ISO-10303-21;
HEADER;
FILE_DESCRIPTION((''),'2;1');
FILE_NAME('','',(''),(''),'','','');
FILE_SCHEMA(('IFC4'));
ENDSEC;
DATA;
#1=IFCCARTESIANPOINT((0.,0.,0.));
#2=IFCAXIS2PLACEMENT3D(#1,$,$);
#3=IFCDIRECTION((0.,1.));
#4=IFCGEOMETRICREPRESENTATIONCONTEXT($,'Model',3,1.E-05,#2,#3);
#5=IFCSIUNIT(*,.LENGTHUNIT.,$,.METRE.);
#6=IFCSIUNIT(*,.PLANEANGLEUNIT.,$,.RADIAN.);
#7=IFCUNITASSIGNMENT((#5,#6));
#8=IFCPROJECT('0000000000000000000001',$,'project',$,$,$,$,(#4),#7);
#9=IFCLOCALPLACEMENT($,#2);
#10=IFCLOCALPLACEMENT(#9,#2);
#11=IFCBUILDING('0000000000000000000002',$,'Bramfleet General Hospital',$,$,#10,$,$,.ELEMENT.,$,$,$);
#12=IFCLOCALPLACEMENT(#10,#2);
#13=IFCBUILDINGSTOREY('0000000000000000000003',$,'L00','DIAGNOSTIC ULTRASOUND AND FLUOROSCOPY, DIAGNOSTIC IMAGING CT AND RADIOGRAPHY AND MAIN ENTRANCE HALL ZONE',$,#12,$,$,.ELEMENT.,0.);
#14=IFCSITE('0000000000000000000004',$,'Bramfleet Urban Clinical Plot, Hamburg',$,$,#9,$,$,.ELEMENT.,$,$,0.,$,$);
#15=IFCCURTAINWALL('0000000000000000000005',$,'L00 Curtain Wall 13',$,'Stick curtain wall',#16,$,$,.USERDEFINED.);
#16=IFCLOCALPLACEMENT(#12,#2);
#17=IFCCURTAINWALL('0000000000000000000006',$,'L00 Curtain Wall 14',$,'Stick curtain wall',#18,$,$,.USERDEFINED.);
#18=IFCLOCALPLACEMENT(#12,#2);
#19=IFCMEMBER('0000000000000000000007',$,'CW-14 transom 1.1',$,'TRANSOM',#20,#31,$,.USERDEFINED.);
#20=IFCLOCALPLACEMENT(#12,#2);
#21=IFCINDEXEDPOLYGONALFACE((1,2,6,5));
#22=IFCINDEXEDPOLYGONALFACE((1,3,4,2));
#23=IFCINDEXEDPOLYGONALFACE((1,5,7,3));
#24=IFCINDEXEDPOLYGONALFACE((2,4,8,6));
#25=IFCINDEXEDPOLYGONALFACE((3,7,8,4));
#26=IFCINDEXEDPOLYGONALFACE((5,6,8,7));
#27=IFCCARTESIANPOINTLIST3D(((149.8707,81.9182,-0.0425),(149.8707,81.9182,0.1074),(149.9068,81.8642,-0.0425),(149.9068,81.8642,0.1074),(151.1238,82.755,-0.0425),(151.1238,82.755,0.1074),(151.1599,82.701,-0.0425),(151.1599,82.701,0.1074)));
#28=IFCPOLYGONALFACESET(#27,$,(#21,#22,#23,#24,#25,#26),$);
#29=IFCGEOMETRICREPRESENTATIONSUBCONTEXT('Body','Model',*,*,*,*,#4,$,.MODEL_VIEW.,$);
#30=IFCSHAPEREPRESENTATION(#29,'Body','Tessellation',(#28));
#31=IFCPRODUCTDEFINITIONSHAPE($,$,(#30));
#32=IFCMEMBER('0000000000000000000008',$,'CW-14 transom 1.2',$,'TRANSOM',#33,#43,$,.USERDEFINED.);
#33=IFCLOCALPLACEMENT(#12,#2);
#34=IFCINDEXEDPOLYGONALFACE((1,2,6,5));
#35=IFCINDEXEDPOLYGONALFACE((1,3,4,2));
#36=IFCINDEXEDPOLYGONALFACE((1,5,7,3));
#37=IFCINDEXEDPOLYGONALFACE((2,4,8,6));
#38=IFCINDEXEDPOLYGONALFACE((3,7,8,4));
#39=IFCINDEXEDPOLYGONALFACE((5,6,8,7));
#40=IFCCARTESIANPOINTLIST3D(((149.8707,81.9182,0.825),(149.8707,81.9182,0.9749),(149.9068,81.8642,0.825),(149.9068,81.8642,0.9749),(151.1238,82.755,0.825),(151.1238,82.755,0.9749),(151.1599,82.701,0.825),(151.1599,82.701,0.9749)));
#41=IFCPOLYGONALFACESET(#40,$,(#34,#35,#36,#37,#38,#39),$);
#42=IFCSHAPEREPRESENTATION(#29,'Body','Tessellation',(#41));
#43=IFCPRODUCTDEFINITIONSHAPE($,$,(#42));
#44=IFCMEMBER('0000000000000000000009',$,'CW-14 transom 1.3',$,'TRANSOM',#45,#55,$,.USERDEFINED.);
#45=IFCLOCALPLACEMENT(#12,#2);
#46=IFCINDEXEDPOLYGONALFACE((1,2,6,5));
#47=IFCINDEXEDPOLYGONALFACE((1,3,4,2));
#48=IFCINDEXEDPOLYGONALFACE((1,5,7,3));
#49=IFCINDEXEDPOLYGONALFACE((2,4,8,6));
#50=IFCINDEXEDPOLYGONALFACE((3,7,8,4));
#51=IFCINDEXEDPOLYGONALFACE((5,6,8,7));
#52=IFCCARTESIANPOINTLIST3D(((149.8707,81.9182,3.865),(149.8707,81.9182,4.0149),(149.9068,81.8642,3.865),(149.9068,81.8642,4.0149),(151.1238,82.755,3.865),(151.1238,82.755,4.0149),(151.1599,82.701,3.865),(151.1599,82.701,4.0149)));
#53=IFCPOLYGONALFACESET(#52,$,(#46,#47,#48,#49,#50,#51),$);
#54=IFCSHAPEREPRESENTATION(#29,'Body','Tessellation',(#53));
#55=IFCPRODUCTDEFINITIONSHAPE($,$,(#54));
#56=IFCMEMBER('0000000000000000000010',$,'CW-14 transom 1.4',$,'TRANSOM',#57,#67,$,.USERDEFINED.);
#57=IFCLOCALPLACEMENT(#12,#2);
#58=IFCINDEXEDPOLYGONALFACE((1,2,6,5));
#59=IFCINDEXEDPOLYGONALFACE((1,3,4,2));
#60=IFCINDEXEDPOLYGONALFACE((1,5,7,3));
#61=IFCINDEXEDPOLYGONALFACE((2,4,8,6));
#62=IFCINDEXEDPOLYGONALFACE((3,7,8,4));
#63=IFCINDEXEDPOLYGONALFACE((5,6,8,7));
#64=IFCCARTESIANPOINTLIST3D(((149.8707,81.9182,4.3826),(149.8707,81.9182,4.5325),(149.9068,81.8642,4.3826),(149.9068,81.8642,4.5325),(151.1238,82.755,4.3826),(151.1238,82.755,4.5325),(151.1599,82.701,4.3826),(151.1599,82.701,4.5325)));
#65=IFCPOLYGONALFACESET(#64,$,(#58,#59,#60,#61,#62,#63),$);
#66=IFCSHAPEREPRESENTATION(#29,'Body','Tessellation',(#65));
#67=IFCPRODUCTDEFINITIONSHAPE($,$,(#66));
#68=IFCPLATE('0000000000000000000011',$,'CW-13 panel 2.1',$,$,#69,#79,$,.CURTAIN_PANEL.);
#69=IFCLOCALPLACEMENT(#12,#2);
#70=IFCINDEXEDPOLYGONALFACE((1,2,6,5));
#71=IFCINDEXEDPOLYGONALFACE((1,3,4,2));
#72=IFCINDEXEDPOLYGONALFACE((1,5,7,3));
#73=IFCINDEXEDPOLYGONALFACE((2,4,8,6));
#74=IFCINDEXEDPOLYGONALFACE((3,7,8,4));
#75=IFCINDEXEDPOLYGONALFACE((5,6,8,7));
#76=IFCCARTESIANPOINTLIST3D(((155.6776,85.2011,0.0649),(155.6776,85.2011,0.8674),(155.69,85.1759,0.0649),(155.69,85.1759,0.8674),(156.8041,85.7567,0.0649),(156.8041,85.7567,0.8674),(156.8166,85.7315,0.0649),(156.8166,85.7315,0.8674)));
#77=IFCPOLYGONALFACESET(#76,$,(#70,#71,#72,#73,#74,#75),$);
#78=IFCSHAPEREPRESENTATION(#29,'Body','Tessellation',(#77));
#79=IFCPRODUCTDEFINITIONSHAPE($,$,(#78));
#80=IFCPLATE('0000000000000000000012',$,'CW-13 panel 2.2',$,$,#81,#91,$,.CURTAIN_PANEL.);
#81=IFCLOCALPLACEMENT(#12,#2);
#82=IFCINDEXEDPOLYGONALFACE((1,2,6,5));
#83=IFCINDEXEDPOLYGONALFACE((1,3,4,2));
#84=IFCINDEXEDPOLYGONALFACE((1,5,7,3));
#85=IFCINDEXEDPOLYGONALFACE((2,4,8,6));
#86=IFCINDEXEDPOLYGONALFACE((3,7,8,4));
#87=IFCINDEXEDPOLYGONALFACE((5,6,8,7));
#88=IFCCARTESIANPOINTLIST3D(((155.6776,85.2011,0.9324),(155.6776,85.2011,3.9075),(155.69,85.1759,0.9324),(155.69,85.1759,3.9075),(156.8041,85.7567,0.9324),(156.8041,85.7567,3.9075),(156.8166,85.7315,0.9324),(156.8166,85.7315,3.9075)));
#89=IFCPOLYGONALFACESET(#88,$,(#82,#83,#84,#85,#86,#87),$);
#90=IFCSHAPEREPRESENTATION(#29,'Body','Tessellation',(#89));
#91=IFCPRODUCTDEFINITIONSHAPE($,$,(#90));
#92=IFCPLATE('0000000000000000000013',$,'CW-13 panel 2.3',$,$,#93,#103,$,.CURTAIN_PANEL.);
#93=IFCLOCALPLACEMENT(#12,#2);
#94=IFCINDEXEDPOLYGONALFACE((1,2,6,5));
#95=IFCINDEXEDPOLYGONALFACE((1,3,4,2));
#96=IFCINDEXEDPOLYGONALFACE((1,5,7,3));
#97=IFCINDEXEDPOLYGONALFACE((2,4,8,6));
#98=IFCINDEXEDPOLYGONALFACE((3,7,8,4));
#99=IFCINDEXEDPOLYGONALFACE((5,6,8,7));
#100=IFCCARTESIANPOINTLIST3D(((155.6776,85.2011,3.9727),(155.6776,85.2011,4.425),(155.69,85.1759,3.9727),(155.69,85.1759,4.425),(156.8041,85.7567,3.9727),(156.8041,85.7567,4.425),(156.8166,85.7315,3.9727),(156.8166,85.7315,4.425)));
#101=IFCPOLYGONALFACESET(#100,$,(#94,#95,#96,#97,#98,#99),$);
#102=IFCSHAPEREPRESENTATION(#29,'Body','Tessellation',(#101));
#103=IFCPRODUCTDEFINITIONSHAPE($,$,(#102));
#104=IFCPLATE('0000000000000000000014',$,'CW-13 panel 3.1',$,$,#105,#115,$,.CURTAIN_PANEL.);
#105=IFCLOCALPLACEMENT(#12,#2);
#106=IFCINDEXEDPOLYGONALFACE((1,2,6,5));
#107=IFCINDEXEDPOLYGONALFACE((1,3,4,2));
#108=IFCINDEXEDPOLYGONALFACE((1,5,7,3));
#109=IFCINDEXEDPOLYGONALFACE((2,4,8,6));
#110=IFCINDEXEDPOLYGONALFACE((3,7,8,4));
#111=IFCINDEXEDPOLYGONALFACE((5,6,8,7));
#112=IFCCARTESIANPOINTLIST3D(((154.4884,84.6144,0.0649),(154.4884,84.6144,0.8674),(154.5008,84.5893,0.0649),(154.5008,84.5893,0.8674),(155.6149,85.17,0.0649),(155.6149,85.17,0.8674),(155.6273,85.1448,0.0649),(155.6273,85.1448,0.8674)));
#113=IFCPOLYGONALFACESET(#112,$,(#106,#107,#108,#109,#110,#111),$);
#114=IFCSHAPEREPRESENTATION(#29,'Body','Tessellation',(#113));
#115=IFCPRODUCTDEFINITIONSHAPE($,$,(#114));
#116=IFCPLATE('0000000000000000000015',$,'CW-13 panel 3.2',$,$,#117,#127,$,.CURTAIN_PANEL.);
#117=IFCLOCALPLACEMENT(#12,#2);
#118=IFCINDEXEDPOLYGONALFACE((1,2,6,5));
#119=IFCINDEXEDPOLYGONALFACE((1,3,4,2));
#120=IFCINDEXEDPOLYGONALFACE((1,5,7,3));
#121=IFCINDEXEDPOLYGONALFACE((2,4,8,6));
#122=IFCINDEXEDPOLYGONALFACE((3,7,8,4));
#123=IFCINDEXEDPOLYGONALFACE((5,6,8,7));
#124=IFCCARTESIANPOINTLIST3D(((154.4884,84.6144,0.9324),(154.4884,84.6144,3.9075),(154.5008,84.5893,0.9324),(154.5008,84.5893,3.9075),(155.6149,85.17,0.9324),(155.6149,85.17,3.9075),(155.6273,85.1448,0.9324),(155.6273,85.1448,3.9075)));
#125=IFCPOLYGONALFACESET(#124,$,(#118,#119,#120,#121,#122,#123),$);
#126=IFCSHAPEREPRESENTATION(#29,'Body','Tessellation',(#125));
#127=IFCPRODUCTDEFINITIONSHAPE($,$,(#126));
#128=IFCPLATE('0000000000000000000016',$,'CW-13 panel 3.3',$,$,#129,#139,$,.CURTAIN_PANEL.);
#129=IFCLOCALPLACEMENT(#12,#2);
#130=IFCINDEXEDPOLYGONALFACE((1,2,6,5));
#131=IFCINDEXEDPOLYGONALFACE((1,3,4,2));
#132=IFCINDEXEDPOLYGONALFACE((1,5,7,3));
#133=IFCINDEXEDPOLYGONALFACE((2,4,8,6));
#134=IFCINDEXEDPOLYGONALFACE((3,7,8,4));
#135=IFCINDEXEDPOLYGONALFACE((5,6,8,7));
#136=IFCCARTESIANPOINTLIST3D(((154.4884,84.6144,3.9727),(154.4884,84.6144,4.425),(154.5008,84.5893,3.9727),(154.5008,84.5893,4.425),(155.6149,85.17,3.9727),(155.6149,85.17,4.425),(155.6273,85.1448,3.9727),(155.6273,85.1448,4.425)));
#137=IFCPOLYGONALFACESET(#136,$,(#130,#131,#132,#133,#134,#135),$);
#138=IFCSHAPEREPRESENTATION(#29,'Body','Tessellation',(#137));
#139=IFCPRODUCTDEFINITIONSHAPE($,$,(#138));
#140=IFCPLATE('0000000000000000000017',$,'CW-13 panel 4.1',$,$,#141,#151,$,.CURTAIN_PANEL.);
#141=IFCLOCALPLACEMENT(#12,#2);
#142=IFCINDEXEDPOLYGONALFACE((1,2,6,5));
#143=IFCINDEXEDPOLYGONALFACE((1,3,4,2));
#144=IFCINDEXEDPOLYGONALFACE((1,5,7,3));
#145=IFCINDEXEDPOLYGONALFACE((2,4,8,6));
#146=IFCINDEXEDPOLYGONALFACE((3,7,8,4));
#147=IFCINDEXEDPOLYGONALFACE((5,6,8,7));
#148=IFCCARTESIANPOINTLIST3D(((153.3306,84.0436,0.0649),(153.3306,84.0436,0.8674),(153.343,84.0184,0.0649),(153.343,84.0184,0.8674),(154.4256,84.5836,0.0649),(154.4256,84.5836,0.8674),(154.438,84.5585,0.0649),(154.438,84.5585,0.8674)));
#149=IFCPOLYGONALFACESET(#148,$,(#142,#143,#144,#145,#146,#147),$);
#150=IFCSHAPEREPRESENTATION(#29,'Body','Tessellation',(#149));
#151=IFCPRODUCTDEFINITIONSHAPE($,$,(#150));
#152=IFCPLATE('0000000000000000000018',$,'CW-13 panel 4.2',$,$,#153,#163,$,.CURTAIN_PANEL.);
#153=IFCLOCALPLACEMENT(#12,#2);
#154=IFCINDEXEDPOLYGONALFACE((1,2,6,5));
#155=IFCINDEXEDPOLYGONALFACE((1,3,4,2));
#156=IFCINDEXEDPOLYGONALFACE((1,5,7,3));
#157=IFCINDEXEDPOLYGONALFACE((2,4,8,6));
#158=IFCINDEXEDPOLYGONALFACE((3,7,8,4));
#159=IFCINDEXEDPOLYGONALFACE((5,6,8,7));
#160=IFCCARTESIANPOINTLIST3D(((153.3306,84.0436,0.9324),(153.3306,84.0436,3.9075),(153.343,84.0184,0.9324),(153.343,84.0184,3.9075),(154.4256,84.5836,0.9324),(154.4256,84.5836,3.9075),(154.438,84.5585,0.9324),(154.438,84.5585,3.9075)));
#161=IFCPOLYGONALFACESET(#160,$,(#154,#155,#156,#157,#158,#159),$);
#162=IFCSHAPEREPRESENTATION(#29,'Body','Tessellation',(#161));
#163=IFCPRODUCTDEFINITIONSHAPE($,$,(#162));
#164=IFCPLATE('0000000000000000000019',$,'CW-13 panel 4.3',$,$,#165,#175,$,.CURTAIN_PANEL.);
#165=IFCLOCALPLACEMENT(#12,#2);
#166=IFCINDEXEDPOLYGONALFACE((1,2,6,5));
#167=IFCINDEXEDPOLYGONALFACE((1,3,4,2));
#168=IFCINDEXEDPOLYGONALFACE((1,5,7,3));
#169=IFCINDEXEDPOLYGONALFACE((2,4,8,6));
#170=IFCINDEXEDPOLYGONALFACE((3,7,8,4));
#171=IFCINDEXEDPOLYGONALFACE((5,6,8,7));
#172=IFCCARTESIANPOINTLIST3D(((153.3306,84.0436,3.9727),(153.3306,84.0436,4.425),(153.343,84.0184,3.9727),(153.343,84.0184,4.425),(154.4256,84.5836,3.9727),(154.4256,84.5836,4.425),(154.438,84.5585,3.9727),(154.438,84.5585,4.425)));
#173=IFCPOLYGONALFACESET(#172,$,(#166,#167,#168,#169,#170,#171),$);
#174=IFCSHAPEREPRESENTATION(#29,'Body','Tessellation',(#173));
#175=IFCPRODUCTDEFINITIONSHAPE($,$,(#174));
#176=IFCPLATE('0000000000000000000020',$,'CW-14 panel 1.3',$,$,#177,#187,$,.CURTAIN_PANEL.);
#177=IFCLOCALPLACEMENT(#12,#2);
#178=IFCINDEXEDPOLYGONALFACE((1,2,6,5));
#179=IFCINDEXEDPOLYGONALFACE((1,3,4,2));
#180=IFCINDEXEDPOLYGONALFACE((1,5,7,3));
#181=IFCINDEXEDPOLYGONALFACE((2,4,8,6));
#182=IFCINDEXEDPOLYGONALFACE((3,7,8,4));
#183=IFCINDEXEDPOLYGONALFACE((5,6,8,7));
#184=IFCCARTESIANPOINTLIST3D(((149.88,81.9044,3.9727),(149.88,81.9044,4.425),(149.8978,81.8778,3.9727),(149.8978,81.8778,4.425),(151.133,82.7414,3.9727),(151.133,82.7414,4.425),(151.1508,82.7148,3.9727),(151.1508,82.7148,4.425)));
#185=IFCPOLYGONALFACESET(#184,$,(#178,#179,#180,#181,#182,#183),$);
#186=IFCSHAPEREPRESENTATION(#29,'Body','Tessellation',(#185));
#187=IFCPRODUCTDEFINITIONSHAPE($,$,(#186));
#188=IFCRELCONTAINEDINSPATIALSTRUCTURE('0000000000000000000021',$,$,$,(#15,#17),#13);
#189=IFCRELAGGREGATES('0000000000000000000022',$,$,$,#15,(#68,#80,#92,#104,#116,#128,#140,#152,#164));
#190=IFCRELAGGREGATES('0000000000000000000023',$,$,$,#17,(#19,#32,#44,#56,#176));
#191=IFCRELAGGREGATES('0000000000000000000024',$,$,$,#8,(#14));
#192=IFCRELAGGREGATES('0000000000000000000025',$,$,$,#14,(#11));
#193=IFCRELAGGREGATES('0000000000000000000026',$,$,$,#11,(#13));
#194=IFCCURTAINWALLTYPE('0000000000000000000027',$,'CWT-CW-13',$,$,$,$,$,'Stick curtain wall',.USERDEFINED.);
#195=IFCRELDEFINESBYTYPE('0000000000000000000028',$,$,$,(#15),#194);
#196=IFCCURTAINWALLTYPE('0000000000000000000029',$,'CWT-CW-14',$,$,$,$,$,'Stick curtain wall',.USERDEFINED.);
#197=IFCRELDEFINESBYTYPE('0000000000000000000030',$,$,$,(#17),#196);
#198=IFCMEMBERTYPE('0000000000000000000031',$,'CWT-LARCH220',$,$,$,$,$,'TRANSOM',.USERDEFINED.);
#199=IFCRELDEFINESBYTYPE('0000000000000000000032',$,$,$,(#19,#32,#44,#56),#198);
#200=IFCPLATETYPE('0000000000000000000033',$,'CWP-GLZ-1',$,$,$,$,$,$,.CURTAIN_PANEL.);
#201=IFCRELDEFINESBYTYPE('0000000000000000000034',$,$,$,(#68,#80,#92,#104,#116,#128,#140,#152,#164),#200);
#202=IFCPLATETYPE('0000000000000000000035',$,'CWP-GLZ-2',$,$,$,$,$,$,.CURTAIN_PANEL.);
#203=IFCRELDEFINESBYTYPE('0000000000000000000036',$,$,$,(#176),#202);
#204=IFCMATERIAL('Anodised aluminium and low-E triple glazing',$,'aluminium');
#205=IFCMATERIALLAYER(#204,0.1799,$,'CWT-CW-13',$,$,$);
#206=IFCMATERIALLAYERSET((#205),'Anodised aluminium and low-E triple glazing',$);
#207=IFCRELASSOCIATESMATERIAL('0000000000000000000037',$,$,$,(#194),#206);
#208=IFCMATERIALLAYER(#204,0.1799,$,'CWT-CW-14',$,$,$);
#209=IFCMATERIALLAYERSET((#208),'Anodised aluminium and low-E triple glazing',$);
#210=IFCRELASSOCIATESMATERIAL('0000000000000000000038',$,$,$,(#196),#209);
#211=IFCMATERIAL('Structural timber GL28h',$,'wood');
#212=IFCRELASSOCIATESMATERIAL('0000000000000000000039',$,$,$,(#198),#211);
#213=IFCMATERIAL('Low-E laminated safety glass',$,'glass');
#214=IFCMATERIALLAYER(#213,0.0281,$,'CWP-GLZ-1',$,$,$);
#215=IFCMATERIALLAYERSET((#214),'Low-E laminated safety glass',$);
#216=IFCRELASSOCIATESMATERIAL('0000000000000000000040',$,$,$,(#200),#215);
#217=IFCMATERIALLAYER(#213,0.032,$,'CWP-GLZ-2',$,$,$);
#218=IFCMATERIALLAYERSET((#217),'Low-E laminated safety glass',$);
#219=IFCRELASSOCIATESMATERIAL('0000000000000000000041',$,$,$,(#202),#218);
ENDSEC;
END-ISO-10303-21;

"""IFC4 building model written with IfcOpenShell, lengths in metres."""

from ifc_helpers import new_model, si_unit, direction, frame, origin, origin_2d, place, context, subcontext, project, spatial, rectangle, extrude, material, layer, layer_set, material_profile, profile_set, type_object, element, aggregate, save


model = new_model("IFC4")

# Units and contexts
model_context = context("Model", 3, precision=1e-05, world=origin(), true_north=direction((0.0, 1.0)))
body_context = subcontext(model_context, "Body", "Model", "MODEL_VIEW")
ifc_project = project(units=[si_unit("LENGTHUNIT", "METRE"), si_unit("PLANEANGLEUNIT", "RADIAN")], contexts=[model_context])

# Site, building, storey
site_placement = place(None, origin())
site = spatial("IfcSite", under=ifc_project, at=site_placement, Name="Bramfleet Urban Clinical Plot, Hamburg", CompositionType="ELEMENT", RefElevation=0.0)
building_placement = place(site_placement, origin())
building = spatial("IfcBuilding", under=site, at=building_placement, Name="Bramfleet General Hospital", CompositionType="ELEMENT")
storey_placement = place(building_placement, origin())
storey = spatial("IfcBuildingStorey", under=building, at=storey_placement, Name="L00", Description="DIAGNOSTIC ULTRASOUND AND FLUOROSCOPY, DIAGNOSTIC IMAGING CT AND RADIOGRAPHY AND MAIN ENTRANCE HALL ZONE", CompositionType="ELEMENT", Elevation=0.0)

# Curtain wall
ifc_material_1 = material(Name="Anodised aluminium and low-E triple glazing", Category="aluminium")
ifc_layer_1 = layer(ifc_material_1, 0.1799, Name="CWT-CW-13")
ifc_layer_set_1 = layer_set([ifc_layer_1], Name="Anodised aluminium and low-E triple glazing")
curtain_wall_type_1 = type_object("IfcCurtainWallType", Name="CWT-CW-13", ElementType="Stick curtain wall", PredefinedType="USERDEFINED", material=ifc_layer_set_1)
curtain_wall_1_placement = place(storey_placement, origin())
curtain_wall_1 = element("IfcCurtainWall", 1, at=curtain_wall_1_placement, inside=storey, type_object=curtain_wall_type_1, Name="L00 Curtain Wall 13", ObjectType="Stick curtain wall", PredefinedType="USERDEFINED")
ifc_material_2 = material(Name="Structural timber GL28h", Category="wood")

# Curtain wall
ifc_layer_2 = layer(ifc_material_1, 0.1799, Name="CWT-CW-14")
ifc_layer_set_2 = layer_set([ifc_layer_2], Name="Anodised aluminium and low-E triple glazing")
curtain_wall_type_2 = type_object("IfcCurtainWallType", Name="CWT-CW-14", ElementType="Stick curtain wall", PredefinedType="USERDEFINED", material=ifc_layer_set_2)
curtain_wall_2_placement = place(storey_placement, origin())
curtain_wall_2 = element("IfcCurtainWall", 2, at=curtain_wall_2_placement, inside=storey, type_object=curtain_wall_type_2, Name="L00 Curtain Wall 14", ObjectType="Stick curtain wall", PredefinedType="USERDEFINED")

# Members
ifc_material_profile_1 = material_profile(ifc_material_2, rectangle(XDim=0.0649, YDim=0.1499, at=origin_2d()), Name="LARCH 150x65")
ifc_profile_set_1 = profile_set([ifc_material_profile_1], Name="Structural timber GL28h")
member_type_1 = type_object("IfcMemberType", Name="CWT-LARCH220", ElementType="TRANSOM", PredefinedType="USERDEFINED", material=ifc_profile_set_1)
member_1_placement = place(storey_placement, frame((151.1418, 82.728, 0.0325), z_axis=(-0.831601, -0.555373, 0.0), x_axis=(0.555373, -0.831601, 0.0)))
member_1 = element("IfcMember", 3, at=member_1_placement, type_object=member_type_1, Name="CW-14 transom 1.1", ObjectType="TRANSOM", PredefinedType="USERDEFINED", context=body_context, shape_type="SweptSolid", body=[
    extrude(rectangle(XDim=0.0649, YDim=0.1499, at=origin_2d()), origin(), (0.0, 0.0, 1.0), 1.5068),
])
member_2_placement = place(storey_placement, frame((151.1418, 82.728, 0.8999), z_axis=(-0.831601, -0.555373, 0.0), x_axis=(0.555373, -0.831601, 0.0)))
member_2 = element("IfcMember", 4, at=member_2_placement, type_object=member_type_1, Name="CW-14 transom 1.2", ObjectType="TRANSOM", PredefinedType="USERDEFINED", context=body_context, shape_type="SweptSolid", body=[
    extrude(rectangle(XDim=0.0649, YDim=0.1499, at=origin_2d()), origin(), (0.0, 0.0, 1.0), 1.5068),
])
member_3_placement = place(storey_placement, frame((151.1418, 82.728, 3.9399), z_axis=(-0.831601, -0.555373, 0.0), x_axis=(0.555373, -0.831601, 0.0)))
member_3 = element("IfcMember", 5, at=member_3_placement, type_object=member_type_1, Name="CW-14 transom 1.3", ObjectType="TRANSOM", PredefinedType="USERDEFINED", context=body_context, shape_type="SweptSolid", body=[
    extrude(rectangle(XDim=0.0649, YDim=0.1499, at=origin_2d()), origin(), (0.0, 0.0, 1.0), 1.5068),
])
member_4_placement = place(storey_placement, frame((151.1418, 82.728, 4.4575), z_axis=(-0.831601, -0.555373, 0.0), x_axis=(0.555373, -0.831601, 0.0)))
member_4 = element("IfcMember", 6, at=member_4_placement, type_object=member_type_1, Name="CW-14 transom 1.4", ObjectType="TRANSOM", PredefinedType="USERDEFINED", context=body_context, shape_type="SweptSolid", body=[
    extrude(rectangle(XDim=0.0649, YDim=0.1499, at=origin_2d()), origin(), (0.0, 0.0, 1.0), 1.5068),
])

# Plates
ifc_material_3 = material(Name="Low-E laminated safety glass", Category="glass")
ifc_layer_3 = layer(ifc_material_3, 0.0281, Name="CWP-GLZ-1")
ifc_layer_set_3 = layer_set([ifc_layer_3], Name="Low-E laminated safety glass")
plate_type_1 = type_object("IfcPlateType", Name="CWP-GLZ-1", PredefinedType="CURTAIN_PANEL", material=ifc_layer_set_3)
plate_1_placement = place(storey_placement, frame((156.2471, 85.4663, 0.0649), z_axis=(0.0, 0.0, 1.0), x_axis=(-0.896865, -0.442305, 0.0)))
plate_1 = element("IfcPlate", 7, at=plate_1_placement, type_object=plate_type_1, Name="CW-13 panel 2.1", PredefinedType="CURTAIN_PANEL", context=body_context, shape_type="SweptSolid", body=[
    extrude(rectangle(XDim=1.2561, YDim=0.0281, at=origin_2d()), origin(), (0.0, 0.0, 1.0), 0.8025),
])
plate_2_placement = place(storey_placement, frame((156.2471, 85.4663, 0.9324), z_axis=(0.0, 0.0, 1.0), x_axis=(-0.896865, -0.442305, 0.0)))
plate_2 = element("IfcPlate", 8, at=plate_2_placement, type_object=plate_type_1, Name="CW-13 panel 2.2", PredefinedType="CURTAIN_PANEL", context=body_context, shape_type="SweptSolid", body=[
    extrude(rectangle(XDim=1.2561, YDim=0.0281, at=origin_2d()), origin(), (0.0, 0.0, 1.0), 2.9751),
])
plate_3_placement = place(storey_placement, frame((156.2471, 85.4663, 3.9727), z_axis=(0.0, 0.0, 1.0), x_axis=(-0.896865, -0.442305, 0.0)))
plate_3 = element("IfcPlate", 9, at=plate_3_placement, type_object=plate_type_1, Name="CW-13 panel 2.3", PredefinedType="CURTAIN_PANEL", context=body_context, shape_type="SweptSolid", body=[
    extrude(rectangle(XDim=1.2561, YDim=0.0281, at=origin_2d()), origin(), (0.0, 0.0, 1.0), 0.4524),
])
plate_4_placement = place(storey_placement, frame((155.0579, 84.8796, 0.0649), z_axis=(0.0, 0.0, 1.0), x_axis=(-0.896865, -0.442305, 0.0)))
plate_4 = element("IfcPlate", 10, at=plate_4_placement, type_object=plate_type_1, Name="CW-13 panel 3.1", PredefinedType="CURTAIN_PANEL", context=body_context, shape_type="SweptSolid", body=[
    extrude(rectangle(XDim=1.2561, YDim=0.0281, at=origin_2d()), origin(), (0.0, 0.0, 1.0), 0.8025),
])
plate_5_placement = place(storey_placement, frame((155.0579, 84.8796, 0.9324), z_axis=(0.0, 0.0, 1.0), x_axis=(-0.896865, -0.442305, 0.0)))
plate_5 = element("IfcPlate", 11, at=plate_5_placement, type_object=plate_type_1, Name="CW-13 panel 3.2", PredefinedType="CURTAIN_PANEL", context=body_context, shape_type="SweptSolid", body=[
    extrude(rectangle(XDim=1.2561, YDim=0.0281, at=origin_2d()), origin(), (0.0, 0.0, 1.0), 2.9751),
])
plate_6_placement = place(storey_placement, frame((155.0579, 84.8796, 3.9727), z_axis=(0.0, 0.0, 1.0), x_axis=(-0.896865, -0.442305, 0.0)))
plate_6 = element("IfcPlate", 12, at=plate_6_placement, type_object=plate_type_1, Name="CW-13 panel 3.3", PredefinedType="CURTAIN_PANEL", context=body_context, shape_type="SweptSolid", body=[
    extrude(rectangle(XDim=1.2561, YDim=0.0281, at=origin_2d()), origin(), (0.0, 0.0, 1.0), 0.4524),
])
plate_7_placement = place(storey_placement, frame((153.8843, 84.301, 0.0649), z_axis=(0.0, 0.0, 1.0), x_axis=(-0.896865, -0.442305, 0.0)))
plate_7 = element("IfcPlate", 13, at=plate_7_placement, type_object=plate_type_1, Name="CW-13 panel 4.1", PredefinedType="CURTAIN_PANEL", context=body_context, shape_type="SweptSolid", body=[
    extrude(rectangle(XDim=1.2209, YDim=0.0281, at=origin_2d()), origin(), (0.0, 0.0, 1.0), 0.8025),
])
plate_8_placement = place(storey_placement, frame((153.8843, 84.301, 0.9324), z_axis=(0.0, 0.0, 1.0), x_axis=(-0.896865, -0.442305, 0.0)))
plate_8 = element("IfcPlate", 14, at=plate_8_placement, type_object=plate_type_1, Name="CW-13 panel 4.2", PredefinedType="CURTAIN_PANEL", context=body_context, shape_type="SweptSolid", body=[
    extrude(rectangle(XDim=1.2209, YDim=0.0281, at=origin_2d()), origin(), (0.0, 0.0, 1.0), 2.9751),
])
plate_9_placement = place(storey_placement, frame((153.8843, 84.301, 3.9727), z_axis=(0.0, 0.0, 1.0), x_axis=(-0.896865, -0.442305, 0.0)))
plate_9 = element("IfcPlate", 15, at=plate_9_placement, type_object=plate_type_1, Name="CW-13 panel 4.3", PredefinedType="CURTAIN_PANEL", context=body_context, shape_type="SweptSolid", body=[
    extrude(rectangle(XDim=1.2209, YDim=0.0281, at=origin_2d()), origin(), (0.0, 0.0, 1.0), 0.4524),
])
aggregate(curtain_wall_1, [plate_1, plate_2, plate_3, plate_4, plate_5, plate_6, plate_7, plate_8, plate_9])
ifc_layer_4 = layer(ifc_material_3, 0.032, Name="CWP-GLZ-2")
ifc_layer_set_4 = layer_set([ifc_layer_4], Name="Low-E laminated safety glass")
plate_type_2 = type_object("IfcPlateType", Name="CWP-GLZ-2", PredefinedType="CURTAIN_PANEL", material=ifc_layer_set_4)
plate_10_placement = place(storey_placement, frame((150.5154, 82.3096, 3.9727), z_axis=(0.0, 0.0, 1.0), x_axis=(-0.831541, -0.555464, 0.0)))
plate_10 = element("IfcPlate", 16, at=plate_10_placement, type_object=plate_type_2, Name="CW-14 panel 1.3", PredefinedType="CURTAIN_PANEL", context=body_context, shape_type="SweptSolid", body=[
    extrude(rectangle(XDim=1.5068, YDim=0.032, at=origin_2d()), origin(), (0.0, 0.0, 1.0), 0.4524),
])
aggregate(curtain_wall_2, [member_1, member_2, member_3, member_4, plate_10])

save(model, "model.ifc")
